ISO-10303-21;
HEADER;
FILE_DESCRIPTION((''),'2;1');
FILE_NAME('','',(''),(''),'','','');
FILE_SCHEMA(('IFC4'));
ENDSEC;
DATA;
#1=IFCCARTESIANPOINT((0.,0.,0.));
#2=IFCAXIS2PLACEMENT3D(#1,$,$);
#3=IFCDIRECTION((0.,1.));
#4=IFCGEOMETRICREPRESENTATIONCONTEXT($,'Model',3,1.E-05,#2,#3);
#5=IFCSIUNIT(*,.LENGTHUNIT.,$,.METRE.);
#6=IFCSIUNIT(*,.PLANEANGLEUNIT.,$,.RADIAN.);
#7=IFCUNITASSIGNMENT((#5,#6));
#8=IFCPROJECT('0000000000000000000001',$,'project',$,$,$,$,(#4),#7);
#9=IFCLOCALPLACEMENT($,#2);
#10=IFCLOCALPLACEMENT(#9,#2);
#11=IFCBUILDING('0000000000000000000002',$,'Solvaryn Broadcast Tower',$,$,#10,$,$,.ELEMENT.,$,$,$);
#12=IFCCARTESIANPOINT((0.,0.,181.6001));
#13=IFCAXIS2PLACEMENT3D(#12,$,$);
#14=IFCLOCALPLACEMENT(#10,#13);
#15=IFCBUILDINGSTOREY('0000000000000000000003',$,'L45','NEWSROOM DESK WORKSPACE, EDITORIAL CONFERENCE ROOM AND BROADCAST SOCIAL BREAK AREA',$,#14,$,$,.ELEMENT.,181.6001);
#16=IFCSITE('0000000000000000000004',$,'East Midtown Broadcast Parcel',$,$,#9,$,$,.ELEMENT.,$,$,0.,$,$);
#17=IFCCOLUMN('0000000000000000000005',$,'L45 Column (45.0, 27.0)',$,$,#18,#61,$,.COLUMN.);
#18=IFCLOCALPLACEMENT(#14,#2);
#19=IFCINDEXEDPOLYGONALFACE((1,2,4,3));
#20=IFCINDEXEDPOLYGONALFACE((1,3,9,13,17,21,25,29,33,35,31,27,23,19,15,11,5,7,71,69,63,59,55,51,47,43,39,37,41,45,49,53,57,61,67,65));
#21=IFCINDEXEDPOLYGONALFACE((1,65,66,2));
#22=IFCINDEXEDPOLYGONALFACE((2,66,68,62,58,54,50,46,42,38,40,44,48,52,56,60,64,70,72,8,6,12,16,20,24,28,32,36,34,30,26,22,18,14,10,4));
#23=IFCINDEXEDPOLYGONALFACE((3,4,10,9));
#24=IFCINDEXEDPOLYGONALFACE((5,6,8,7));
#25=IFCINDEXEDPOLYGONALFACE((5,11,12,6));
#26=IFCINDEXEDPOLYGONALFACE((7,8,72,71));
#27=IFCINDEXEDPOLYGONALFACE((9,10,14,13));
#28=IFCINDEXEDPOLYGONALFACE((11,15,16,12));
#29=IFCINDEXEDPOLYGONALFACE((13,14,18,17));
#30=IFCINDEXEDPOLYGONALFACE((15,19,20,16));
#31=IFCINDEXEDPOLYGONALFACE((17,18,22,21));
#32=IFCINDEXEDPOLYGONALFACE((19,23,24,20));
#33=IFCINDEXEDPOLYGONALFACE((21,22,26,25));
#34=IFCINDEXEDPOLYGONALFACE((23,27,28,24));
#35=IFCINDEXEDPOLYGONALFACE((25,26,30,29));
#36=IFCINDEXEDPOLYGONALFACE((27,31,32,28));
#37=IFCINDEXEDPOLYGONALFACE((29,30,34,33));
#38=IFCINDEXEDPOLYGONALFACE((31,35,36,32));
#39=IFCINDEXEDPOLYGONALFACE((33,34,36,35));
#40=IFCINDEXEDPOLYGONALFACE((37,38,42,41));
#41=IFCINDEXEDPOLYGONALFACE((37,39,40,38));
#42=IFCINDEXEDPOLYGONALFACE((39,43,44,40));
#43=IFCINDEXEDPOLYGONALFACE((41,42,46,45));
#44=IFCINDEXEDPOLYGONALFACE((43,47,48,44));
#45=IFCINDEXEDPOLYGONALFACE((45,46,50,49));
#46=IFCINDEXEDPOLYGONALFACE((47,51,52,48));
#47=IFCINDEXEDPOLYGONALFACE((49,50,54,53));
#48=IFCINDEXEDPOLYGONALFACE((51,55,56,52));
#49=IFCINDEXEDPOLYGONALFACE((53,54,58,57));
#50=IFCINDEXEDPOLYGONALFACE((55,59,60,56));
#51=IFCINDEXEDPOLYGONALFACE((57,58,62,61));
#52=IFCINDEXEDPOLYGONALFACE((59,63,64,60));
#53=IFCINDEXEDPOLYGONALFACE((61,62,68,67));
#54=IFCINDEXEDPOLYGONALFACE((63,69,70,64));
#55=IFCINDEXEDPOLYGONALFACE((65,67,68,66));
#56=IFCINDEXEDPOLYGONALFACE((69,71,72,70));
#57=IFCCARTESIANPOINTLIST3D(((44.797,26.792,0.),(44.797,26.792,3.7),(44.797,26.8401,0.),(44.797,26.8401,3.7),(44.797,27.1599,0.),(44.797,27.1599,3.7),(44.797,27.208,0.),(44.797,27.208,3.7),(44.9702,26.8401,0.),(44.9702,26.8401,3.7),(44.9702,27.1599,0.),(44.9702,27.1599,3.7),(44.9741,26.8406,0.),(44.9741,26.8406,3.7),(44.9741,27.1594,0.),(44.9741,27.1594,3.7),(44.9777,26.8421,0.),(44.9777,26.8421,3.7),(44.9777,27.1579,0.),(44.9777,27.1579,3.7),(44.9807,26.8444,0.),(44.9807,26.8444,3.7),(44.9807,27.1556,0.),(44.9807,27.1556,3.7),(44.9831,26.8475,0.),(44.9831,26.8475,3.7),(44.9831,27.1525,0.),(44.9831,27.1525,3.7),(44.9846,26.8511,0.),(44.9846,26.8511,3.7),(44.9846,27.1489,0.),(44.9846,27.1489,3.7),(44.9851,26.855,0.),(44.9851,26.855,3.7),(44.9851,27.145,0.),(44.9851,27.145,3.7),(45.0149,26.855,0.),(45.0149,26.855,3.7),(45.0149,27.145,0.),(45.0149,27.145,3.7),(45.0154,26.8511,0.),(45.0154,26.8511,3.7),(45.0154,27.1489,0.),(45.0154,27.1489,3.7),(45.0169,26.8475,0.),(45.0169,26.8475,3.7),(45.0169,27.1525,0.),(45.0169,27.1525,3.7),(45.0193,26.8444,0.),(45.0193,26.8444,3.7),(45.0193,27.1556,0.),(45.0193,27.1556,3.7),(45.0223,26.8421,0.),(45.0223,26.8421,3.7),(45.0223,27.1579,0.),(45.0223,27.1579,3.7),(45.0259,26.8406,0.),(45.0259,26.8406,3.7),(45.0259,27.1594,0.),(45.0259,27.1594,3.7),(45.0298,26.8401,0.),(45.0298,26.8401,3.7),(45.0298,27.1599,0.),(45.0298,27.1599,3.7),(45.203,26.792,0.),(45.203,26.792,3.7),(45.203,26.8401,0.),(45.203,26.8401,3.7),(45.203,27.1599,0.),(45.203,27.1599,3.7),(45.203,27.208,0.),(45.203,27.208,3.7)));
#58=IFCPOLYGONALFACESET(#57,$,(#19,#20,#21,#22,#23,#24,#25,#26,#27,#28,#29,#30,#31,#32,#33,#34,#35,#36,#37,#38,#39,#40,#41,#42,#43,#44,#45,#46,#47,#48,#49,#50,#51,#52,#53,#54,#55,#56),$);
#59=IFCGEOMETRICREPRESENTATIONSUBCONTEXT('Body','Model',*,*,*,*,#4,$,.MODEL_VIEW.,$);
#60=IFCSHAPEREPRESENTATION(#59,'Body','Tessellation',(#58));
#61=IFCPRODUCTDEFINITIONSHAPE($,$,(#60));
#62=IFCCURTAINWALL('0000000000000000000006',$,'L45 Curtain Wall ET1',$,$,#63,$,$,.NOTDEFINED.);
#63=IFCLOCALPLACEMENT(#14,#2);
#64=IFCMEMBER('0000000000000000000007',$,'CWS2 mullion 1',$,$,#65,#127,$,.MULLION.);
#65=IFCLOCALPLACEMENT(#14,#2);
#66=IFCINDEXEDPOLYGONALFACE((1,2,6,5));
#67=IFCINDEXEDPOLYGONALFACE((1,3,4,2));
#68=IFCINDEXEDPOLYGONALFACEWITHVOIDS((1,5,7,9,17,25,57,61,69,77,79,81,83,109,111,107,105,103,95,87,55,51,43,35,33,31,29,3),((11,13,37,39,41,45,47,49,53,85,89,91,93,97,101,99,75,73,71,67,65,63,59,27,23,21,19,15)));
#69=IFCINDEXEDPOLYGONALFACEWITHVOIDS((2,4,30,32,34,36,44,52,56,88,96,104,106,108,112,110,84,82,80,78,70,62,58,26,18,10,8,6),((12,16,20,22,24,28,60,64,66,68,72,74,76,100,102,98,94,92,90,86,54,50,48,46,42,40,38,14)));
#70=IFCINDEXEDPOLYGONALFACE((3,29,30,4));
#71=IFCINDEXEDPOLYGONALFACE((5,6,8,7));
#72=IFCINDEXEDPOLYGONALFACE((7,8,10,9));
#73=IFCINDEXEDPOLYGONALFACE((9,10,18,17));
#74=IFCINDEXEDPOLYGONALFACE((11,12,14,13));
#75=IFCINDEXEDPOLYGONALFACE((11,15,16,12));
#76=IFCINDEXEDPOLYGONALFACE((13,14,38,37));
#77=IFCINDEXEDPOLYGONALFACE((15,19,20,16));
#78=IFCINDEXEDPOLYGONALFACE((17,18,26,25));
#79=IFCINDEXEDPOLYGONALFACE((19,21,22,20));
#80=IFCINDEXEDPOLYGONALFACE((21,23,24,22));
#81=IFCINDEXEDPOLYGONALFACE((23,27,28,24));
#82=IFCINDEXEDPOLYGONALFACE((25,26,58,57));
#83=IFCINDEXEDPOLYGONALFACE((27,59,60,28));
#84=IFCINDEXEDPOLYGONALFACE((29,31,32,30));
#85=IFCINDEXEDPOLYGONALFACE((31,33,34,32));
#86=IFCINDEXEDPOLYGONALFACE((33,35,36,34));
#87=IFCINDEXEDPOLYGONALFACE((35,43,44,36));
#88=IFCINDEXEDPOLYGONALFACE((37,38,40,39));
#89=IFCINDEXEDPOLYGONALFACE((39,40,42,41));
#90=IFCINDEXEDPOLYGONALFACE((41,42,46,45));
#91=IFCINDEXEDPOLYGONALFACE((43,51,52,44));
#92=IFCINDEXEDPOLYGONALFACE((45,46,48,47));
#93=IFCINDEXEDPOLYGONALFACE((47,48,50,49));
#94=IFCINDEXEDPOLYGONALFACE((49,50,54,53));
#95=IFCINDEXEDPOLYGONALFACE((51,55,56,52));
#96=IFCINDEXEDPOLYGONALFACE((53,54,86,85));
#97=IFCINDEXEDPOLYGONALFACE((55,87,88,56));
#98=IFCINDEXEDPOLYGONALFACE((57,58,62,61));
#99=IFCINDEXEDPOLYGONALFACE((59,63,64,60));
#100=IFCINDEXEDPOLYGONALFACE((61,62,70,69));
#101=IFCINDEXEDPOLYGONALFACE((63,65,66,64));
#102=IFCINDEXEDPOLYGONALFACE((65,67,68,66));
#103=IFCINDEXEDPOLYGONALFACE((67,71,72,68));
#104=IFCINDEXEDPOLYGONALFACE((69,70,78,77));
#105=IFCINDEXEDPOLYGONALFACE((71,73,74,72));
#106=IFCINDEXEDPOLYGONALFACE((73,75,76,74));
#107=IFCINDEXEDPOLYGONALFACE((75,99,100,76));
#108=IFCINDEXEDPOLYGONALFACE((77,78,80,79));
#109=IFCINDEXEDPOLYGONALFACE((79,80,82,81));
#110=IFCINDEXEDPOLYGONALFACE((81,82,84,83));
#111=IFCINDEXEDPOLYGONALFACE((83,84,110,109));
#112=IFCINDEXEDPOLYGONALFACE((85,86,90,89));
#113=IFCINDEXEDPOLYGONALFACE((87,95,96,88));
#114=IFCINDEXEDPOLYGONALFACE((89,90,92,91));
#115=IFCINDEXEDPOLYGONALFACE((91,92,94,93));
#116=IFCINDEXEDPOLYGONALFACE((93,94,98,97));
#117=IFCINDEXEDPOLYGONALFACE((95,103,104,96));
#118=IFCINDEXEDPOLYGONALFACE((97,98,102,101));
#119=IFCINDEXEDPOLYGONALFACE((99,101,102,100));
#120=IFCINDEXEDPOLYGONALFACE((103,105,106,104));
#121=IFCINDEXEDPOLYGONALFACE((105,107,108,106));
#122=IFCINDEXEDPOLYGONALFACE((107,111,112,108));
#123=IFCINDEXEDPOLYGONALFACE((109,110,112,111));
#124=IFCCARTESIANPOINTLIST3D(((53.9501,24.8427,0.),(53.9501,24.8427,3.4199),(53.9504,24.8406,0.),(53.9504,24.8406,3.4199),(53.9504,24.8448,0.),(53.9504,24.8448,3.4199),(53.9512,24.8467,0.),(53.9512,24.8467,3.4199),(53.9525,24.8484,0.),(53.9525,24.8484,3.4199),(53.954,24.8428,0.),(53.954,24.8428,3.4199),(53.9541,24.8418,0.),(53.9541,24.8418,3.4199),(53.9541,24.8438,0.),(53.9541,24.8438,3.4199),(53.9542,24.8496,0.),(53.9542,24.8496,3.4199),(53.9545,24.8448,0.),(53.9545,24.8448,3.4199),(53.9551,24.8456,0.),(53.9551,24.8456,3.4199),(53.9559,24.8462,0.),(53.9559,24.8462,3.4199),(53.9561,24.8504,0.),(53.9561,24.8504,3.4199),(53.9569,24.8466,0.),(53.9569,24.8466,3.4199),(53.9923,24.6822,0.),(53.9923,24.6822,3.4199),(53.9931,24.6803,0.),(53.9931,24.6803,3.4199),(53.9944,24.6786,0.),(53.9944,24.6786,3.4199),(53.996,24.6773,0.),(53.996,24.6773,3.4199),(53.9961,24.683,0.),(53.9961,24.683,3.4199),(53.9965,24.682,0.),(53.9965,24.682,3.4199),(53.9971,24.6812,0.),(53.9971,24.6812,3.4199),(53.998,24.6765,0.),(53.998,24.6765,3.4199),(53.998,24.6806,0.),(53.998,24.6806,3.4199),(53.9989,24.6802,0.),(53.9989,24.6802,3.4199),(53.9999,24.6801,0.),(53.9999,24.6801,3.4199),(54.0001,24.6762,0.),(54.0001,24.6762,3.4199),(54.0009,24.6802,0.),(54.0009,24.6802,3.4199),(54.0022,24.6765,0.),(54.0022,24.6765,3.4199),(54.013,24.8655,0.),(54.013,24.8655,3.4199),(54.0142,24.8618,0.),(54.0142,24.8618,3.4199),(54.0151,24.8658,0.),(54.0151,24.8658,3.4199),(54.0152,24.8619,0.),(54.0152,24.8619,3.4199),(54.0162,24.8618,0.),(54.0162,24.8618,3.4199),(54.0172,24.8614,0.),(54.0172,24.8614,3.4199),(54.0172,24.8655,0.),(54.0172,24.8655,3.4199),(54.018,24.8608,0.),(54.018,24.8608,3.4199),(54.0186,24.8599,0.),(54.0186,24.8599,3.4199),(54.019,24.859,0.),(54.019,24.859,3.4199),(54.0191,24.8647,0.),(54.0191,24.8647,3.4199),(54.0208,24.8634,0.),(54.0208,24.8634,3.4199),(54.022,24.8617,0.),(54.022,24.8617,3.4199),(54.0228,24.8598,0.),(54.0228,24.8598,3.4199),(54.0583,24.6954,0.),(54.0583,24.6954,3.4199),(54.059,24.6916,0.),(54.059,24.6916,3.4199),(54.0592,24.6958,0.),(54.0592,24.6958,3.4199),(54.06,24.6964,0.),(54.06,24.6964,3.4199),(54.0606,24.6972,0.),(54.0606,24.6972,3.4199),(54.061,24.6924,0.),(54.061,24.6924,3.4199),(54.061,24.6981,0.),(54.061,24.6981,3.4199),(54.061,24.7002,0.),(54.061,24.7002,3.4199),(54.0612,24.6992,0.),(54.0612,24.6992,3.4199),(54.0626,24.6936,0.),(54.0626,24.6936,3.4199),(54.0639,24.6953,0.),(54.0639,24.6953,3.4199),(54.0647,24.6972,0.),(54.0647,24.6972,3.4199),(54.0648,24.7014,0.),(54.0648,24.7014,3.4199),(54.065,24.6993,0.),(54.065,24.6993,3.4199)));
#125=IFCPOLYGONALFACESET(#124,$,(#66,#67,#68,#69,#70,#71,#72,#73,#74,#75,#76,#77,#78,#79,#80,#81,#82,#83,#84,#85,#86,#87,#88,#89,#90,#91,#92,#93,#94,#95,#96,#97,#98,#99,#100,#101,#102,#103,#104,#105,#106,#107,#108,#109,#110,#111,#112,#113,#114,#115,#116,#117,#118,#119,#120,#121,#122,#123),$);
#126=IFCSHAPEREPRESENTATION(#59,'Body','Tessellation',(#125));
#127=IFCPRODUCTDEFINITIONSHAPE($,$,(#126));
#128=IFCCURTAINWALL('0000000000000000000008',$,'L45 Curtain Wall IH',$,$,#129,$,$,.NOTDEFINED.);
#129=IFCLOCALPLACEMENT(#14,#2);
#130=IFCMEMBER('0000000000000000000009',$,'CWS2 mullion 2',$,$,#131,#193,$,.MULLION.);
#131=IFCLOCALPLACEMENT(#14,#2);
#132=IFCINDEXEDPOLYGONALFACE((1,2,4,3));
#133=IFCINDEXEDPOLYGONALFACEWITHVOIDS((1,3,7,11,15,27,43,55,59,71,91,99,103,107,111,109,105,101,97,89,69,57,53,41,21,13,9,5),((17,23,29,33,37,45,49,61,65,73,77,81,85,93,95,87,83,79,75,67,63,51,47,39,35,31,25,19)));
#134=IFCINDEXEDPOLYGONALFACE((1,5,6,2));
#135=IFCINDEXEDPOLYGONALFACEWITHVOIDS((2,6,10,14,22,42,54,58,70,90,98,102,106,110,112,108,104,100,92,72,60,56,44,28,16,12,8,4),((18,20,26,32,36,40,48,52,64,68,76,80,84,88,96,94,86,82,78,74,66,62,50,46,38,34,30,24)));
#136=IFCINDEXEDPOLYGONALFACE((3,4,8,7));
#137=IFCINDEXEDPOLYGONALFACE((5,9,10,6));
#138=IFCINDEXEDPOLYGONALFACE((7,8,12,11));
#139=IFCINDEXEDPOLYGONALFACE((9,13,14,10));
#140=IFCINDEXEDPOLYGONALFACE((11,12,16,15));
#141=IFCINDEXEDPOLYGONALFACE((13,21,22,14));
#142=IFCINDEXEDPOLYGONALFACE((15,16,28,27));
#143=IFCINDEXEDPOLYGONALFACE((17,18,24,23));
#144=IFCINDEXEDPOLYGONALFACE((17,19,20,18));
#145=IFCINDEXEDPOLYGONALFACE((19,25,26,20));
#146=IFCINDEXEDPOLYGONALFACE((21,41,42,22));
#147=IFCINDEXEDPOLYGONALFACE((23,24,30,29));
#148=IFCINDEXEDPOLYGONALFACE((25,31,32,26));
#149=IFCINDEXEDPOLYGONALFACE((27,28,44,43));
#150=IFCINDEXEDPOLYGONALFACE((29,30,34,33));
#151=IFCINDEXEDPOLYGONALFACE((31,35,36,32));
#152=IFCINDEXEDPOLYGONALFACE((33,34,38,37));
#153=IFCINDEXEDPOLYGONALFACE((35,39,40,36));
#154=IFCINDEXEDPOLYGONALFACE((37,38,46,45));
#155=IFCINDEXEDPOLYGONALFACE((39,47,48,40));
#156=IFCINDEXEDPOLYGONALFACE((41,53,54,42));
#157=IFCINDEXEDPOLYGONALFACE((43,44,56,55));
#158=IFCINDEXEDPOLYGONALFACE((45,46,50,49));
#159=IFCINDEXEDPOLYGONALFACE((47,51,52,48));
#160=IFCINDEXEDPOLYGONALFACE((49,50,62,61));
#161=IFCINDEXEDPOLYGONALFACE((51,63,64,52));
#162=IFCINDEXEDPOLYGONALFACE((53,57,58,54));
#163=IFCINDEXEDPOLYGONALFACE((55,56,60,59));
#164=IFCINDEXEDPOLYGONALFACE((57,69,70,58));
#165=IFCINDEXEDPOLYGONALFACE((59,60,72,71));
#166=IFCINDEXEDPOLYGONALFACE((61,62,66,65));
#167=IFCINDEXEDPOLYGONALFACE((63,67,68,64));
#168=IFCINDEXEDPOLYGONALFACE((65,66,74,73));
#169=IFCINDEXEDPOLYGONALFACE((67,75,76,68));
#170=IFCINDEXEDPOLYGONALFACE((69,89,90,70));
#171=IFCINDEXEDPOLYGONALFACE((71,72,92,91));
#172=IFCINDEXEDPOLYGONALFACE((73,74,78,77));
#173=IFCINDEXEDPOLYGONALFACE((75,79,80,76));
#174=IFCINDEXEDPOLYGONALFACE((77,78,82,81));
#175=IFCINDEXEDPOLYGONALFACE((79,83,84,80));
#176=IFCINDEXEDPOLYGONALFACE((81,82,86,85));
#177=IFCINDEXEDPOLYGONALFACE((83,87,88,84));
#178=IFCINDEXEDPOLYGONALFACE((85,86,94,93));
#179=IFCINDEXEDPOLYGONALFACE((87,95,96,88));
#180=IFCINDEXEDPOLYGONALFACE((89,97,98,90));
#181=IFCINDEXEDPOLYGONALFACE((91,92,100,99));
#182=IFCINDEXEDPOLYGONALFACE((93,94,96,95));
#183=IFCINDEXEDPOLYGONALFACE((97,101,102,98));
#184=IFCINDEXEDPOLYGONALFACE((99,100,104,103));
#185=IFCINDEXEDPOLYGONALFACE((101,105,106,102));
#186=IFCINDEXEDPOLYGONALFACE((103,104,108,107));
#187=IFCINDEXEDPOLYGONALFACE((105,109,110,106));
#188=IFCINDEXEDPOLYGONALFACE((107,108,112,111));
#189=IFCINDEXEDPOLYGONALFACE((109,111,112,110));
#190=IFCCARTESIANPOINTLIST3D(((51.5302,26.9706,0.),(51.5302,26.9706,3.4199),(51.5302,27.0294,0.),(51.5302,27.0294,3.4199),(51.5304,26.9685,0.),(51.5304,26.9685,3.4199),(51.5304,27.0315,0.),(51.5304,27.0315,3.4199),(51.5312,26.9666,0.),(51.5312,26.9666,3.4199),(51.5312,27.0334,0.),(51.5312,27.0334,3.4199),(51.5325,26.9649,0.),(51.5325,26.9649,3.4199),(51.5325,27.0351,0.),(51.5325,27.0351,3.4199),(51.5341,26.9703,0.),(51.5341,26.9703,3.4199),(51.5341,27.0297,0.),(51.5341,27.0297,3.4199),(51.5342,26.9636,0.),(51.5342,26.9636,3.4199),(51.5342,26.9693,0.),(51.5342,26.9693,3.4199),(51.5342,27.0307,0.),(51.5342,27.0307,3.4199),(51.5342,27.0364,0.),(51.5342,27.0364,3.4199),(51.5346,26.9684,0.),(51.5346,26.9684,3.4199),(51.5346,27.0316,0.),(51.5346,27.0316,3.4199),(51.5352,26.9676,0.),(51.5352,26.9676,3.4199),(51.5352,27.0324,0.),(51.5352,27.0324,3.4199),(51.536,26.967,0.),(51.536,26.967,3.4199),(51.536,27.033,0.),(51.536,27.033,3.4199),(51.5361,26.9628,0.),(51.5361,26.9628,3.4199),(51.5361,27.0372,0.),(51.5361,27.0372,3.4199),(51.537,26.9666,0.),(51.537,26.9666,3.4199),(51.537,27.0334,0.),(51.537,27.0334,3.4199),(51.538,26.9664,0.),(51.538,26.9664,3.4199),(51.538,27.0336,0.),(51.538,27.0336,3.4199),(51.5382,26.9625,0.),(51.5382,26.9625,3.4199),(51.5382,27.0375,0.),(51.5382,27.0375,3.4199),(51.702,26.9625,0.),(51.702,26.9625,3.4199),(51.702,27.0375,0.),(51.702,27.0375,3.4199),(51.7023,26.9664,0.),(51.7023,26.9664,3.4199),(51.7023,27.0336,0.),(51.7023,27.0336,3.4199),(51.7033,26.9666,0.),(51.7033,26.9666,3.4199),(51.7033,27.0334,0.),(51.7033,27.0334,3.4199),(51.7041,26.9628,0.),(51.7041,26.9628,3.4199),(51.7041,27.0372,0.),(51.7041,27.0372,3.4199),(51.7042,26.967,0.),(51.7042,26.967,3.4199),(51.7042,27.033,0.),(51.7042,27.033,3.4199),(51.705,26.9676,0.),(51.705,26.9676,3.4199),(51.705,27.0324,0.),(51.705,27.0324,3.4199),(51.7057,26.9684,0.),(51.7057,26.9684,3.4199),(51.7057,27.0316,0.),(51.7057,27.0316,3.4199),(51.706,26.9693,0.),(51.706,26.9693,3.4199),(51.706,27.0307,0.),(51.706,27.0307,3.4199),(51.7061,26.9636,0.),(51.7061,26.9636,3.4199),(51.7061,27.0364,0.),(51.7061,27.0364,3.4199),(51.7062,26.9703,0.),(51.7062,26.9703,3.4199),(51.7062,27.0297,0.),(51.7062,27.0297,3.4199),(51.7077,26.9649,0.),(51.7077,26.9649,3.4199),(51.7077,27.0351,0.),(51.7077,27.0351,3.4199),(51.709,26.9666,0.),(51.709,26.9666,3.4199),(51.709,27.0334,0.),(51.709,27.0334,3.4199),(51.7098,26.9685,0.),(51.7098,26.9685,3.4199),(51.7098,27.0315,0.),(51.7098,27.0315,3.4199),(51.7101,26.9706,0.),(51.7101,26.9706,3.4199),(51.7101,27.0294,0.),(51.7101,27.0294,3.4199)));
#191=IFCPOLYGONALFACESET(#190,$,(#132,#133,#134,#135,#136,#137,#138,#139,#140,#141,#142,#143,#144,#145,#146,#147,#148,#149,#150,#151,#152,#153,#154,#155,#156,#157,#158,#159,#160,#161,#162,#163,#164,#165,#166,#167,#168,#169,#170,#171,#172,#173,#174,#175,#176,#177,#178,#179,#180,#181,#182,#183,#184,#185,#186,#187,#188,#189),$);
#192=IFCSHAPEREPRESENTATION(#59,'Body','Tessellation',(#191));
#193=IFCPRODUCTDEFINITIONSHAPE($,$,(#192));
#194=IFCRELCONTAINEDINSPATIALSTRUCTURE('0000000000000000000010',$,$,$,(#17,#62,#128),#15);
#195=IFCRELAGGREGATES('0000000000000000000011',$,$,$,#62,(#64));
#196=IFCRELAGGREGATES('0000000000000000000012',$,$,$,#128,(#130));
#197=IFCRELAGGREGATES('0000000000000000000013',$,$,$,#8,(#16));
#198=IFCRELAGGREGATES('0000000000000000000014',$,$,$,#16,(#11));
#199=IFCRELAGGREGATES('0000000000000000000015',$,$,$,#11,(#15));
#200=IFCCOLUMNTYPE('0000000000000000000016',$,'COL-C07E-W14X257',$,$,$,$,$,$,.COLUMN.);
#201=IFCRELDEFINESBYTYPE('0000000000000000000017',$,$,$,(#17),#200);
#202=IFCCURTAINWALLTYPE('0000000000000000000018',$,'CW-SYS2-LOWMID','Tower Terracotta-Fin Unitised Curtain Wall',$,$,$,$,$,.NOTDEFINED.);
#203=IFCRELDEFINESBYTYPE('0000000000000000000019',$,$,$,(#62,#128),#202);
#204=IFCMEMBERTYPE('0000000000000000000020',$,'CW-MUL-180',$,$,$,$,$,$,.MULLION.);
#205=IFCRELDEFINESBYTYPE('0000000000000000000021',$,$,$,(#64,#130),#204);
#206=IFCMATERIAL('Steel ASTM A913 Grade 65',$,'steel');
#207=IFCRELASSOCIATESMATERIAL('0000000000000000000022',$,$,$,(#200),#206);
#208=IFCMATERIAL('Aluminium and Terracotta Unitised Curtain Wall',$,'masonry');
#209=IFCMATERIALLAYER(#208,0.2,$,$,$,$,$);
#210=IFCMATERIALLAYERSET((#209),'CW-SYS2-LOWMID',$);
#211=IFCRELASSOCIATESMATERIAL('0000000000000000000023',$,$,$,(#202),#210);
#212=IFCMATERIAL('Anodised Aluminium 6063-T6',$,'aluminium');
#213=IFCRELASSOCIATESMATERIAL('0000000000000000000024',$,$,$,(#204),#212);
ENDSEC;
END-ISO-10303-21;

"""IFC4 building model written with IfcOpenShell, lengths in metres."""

from ifc_helpers import new_model, si_unit, direction, frame, origin, origin_2d, place, context, subcontext, project, spatial, hollow_rectangle, i_section, extrude, material, layer, layer_set, material_profile, profile_set, type_object, element, aggregate, save


model = new_model("IFC4")

# Units and contexts
model_context = context("Model", 3, precision=1e-05, world=origin(), true_north=direction((0.0, 1.0)))
body_context = subcontext(model_context, "Body", "Model", "MODEL_VIEW")
ifc_project = project(units=[si_unit("LENGTHUNIT", "METRE"), si_unit("PLANEANGLEUNIT", "RADIAN")], contexts=[model_context])

# Site, building, storey
site_placement = place(None, origin())
site = spatial("IfcSite", under=ifc_project, at=site_placement, Name="East Midtown Broadcast Parcel", CompositionType="ELEMENT", RefElevation=0.0)
building_placement = place(site_placement, origin())
building = spatial("IfcBuilding", under=site, at=building_placement, Name="Solvaryn Broadcast Tower", CompositionType="ELEMENT")
storey_placement = place(building_placement, frame((0.0, 0.0, 181.6001)))
storey = spatial("IfcBuildingStorey", under=building, at=storey_placement, Name="L45", Description="NEWSROOM DESK WORKSPACE, EDITORIAL CONFERENCE ROOM AND BROADCAST SOCIAL BREAK AREA", CompositionType="ELEMENT", Elevation=181.6001)

# Column
ifc_material_1 = material(Name="Steel ASTM A913 Grade 65", Category="steel")
ifc_material_profile_1 = material_profile(ifc_material_1, i_section(OverallWidth=0.406, OverallDepth=0.416, WebThickness=0.0298, FlangeThickness=0.0481, FilletRadius=0.0149, at=origin_2d()))
ifc_profile_set_1 = profile_set([ifc_material_profile_1], Name="Steel ASTM A913 Grade 65")
column_type = type_object("IfcColumnType", Name="COL-C07E-W14X257", PredefinedType="COLUMN", material=ifc_profile_set_1)
column_placement = place(storey_placement, frame((45.0, 27.0, 0.0), z_axis=(0.0, 0.0, 1.0), x_axis=(1.0, 0.0, 0.0)))
element("IfcColumn", 1, at=column_placement, inside=storey, type_object=column_type, Name="L45 Column (45.0, 27.0)", PredefinedType="COLUMN", context=body_context, shape_type="SweptSolid", body=[
    extrude(i_section(OverallWidth=0.406, OverallDepth=0.416, WebThickness=0.0298, FlangeThickness=0.0481, FilletRadius=0.0149, at=origin_2d()), origin(), (0.0, 0.0, 1.0), 3.7),
])

# Curtain walls, members
ifc_material_2 = material(Name="Aluminium and Terracotta Unitised Curtain Wall", Category="masonry")
ifc_layer_1 = layer(ifc_material_2, 0.2)
ifc_layer_set_1 = layer_set([ifc_layer_1], Name="CW-SYS2-LOWMID")
curtain_wall_type = type_object("IfcCurtainWallType", Name="CW-SYS2-LOWMID", Description="Tower Terracotta-Fin Unitised Curtain Wall", PredefinedType="NOTDEFINED", material=ifc_layer_set_1)
curtain_wall_1_placement = place(storey_placement, origin())
curtain_wall_1 = element("IfcCurtainWall", 2, at=curtain_wall_1_placement, inside=storey, type_object=curtain_wall_type, Name="L45 Curtain Wall ET1", PredefinedType="NOTDEFINED")
ifc_material_3 = material(Name="Anodised Aluminium 6063-T6", Category="aluminium")
ifc_material_profile_2 = material_profile(ifc_material_3, hollow_rectangle(XDim=0.075, YDim=0.1799, WallThickness=0.0039, InnerFilletRadius=0.0039, OuterFilletRadius=0.0081, at=origin_2d()))
ifc_profile_set_2 = profile_set([ifc_material_profile_2], Name="Anodised Aluminium 6063-T6")
member_type_1 = type_object("IfcMemberType", Name="CW-MUL-180", PredefinedType="MULLION", material=ifc_profile_set_2)
member_1_placement = place(storey_placement, frame((54.0076, 24.771, 0.0), z_axis=(0.0, 0.0, 1.0), x_axis=(0.966705, 0.255893, 0.0)))
member_1 = element("IfcMember", 3, at=member_1_placement, type_object=member_type_1, Name="CWS2 mullion 1", PredefinedType="MULLION", context=body_context, shape_type="SweptSolid", body=[
    extrude(hollow_rectangle(XDim=0.075, YDim=0.1799, WallThickness=0.0039, InnerFilletRadius=0.0039, OuterFilletRadius=0.0081, at=origin_2d()), origin(), (0.0, 0.0, 1.0), 3.4199),
])
curtain_wall_2_placement = place(storey_placement, origin())
curtain_wall_2 = element("IfcCurtainWall", 4, at=curtain_wall_2_placement, inside=storey, type_object=curtain_wall_type, Name="L45 Curtain Wall IH", PredefinedType="NOTDEFINED")
member_2_placement = place(storey_placement, frame((51.6201, 27.0, 0.0), z_axis=(0.0, 0.0, 1.0), x_axis=(0.0, 1.0, 0.0)))
member_2 = element("IfcMember", 5, at=member_2_placement, type_object=member_type_1, Name="CWS2 mullion 2", PredefinedType="MULLION", context=body_context, shape_type="SweptSolid", body=[
    extrude(hollow_rectangle(XDim=0.075, YDim=0.1799, WallThickness=0.0039, InnerFilletRadius=0.0039, OuterFilletRadius=0.0081, at=origin_2d()), origin(), (0.0, 0.0, 1.0), 3.4199),
])

aggregate(curtain_wall_1, [member_1])
aggregate(curtain_wall_2, [member_2])

save(model, "model.ifc")
